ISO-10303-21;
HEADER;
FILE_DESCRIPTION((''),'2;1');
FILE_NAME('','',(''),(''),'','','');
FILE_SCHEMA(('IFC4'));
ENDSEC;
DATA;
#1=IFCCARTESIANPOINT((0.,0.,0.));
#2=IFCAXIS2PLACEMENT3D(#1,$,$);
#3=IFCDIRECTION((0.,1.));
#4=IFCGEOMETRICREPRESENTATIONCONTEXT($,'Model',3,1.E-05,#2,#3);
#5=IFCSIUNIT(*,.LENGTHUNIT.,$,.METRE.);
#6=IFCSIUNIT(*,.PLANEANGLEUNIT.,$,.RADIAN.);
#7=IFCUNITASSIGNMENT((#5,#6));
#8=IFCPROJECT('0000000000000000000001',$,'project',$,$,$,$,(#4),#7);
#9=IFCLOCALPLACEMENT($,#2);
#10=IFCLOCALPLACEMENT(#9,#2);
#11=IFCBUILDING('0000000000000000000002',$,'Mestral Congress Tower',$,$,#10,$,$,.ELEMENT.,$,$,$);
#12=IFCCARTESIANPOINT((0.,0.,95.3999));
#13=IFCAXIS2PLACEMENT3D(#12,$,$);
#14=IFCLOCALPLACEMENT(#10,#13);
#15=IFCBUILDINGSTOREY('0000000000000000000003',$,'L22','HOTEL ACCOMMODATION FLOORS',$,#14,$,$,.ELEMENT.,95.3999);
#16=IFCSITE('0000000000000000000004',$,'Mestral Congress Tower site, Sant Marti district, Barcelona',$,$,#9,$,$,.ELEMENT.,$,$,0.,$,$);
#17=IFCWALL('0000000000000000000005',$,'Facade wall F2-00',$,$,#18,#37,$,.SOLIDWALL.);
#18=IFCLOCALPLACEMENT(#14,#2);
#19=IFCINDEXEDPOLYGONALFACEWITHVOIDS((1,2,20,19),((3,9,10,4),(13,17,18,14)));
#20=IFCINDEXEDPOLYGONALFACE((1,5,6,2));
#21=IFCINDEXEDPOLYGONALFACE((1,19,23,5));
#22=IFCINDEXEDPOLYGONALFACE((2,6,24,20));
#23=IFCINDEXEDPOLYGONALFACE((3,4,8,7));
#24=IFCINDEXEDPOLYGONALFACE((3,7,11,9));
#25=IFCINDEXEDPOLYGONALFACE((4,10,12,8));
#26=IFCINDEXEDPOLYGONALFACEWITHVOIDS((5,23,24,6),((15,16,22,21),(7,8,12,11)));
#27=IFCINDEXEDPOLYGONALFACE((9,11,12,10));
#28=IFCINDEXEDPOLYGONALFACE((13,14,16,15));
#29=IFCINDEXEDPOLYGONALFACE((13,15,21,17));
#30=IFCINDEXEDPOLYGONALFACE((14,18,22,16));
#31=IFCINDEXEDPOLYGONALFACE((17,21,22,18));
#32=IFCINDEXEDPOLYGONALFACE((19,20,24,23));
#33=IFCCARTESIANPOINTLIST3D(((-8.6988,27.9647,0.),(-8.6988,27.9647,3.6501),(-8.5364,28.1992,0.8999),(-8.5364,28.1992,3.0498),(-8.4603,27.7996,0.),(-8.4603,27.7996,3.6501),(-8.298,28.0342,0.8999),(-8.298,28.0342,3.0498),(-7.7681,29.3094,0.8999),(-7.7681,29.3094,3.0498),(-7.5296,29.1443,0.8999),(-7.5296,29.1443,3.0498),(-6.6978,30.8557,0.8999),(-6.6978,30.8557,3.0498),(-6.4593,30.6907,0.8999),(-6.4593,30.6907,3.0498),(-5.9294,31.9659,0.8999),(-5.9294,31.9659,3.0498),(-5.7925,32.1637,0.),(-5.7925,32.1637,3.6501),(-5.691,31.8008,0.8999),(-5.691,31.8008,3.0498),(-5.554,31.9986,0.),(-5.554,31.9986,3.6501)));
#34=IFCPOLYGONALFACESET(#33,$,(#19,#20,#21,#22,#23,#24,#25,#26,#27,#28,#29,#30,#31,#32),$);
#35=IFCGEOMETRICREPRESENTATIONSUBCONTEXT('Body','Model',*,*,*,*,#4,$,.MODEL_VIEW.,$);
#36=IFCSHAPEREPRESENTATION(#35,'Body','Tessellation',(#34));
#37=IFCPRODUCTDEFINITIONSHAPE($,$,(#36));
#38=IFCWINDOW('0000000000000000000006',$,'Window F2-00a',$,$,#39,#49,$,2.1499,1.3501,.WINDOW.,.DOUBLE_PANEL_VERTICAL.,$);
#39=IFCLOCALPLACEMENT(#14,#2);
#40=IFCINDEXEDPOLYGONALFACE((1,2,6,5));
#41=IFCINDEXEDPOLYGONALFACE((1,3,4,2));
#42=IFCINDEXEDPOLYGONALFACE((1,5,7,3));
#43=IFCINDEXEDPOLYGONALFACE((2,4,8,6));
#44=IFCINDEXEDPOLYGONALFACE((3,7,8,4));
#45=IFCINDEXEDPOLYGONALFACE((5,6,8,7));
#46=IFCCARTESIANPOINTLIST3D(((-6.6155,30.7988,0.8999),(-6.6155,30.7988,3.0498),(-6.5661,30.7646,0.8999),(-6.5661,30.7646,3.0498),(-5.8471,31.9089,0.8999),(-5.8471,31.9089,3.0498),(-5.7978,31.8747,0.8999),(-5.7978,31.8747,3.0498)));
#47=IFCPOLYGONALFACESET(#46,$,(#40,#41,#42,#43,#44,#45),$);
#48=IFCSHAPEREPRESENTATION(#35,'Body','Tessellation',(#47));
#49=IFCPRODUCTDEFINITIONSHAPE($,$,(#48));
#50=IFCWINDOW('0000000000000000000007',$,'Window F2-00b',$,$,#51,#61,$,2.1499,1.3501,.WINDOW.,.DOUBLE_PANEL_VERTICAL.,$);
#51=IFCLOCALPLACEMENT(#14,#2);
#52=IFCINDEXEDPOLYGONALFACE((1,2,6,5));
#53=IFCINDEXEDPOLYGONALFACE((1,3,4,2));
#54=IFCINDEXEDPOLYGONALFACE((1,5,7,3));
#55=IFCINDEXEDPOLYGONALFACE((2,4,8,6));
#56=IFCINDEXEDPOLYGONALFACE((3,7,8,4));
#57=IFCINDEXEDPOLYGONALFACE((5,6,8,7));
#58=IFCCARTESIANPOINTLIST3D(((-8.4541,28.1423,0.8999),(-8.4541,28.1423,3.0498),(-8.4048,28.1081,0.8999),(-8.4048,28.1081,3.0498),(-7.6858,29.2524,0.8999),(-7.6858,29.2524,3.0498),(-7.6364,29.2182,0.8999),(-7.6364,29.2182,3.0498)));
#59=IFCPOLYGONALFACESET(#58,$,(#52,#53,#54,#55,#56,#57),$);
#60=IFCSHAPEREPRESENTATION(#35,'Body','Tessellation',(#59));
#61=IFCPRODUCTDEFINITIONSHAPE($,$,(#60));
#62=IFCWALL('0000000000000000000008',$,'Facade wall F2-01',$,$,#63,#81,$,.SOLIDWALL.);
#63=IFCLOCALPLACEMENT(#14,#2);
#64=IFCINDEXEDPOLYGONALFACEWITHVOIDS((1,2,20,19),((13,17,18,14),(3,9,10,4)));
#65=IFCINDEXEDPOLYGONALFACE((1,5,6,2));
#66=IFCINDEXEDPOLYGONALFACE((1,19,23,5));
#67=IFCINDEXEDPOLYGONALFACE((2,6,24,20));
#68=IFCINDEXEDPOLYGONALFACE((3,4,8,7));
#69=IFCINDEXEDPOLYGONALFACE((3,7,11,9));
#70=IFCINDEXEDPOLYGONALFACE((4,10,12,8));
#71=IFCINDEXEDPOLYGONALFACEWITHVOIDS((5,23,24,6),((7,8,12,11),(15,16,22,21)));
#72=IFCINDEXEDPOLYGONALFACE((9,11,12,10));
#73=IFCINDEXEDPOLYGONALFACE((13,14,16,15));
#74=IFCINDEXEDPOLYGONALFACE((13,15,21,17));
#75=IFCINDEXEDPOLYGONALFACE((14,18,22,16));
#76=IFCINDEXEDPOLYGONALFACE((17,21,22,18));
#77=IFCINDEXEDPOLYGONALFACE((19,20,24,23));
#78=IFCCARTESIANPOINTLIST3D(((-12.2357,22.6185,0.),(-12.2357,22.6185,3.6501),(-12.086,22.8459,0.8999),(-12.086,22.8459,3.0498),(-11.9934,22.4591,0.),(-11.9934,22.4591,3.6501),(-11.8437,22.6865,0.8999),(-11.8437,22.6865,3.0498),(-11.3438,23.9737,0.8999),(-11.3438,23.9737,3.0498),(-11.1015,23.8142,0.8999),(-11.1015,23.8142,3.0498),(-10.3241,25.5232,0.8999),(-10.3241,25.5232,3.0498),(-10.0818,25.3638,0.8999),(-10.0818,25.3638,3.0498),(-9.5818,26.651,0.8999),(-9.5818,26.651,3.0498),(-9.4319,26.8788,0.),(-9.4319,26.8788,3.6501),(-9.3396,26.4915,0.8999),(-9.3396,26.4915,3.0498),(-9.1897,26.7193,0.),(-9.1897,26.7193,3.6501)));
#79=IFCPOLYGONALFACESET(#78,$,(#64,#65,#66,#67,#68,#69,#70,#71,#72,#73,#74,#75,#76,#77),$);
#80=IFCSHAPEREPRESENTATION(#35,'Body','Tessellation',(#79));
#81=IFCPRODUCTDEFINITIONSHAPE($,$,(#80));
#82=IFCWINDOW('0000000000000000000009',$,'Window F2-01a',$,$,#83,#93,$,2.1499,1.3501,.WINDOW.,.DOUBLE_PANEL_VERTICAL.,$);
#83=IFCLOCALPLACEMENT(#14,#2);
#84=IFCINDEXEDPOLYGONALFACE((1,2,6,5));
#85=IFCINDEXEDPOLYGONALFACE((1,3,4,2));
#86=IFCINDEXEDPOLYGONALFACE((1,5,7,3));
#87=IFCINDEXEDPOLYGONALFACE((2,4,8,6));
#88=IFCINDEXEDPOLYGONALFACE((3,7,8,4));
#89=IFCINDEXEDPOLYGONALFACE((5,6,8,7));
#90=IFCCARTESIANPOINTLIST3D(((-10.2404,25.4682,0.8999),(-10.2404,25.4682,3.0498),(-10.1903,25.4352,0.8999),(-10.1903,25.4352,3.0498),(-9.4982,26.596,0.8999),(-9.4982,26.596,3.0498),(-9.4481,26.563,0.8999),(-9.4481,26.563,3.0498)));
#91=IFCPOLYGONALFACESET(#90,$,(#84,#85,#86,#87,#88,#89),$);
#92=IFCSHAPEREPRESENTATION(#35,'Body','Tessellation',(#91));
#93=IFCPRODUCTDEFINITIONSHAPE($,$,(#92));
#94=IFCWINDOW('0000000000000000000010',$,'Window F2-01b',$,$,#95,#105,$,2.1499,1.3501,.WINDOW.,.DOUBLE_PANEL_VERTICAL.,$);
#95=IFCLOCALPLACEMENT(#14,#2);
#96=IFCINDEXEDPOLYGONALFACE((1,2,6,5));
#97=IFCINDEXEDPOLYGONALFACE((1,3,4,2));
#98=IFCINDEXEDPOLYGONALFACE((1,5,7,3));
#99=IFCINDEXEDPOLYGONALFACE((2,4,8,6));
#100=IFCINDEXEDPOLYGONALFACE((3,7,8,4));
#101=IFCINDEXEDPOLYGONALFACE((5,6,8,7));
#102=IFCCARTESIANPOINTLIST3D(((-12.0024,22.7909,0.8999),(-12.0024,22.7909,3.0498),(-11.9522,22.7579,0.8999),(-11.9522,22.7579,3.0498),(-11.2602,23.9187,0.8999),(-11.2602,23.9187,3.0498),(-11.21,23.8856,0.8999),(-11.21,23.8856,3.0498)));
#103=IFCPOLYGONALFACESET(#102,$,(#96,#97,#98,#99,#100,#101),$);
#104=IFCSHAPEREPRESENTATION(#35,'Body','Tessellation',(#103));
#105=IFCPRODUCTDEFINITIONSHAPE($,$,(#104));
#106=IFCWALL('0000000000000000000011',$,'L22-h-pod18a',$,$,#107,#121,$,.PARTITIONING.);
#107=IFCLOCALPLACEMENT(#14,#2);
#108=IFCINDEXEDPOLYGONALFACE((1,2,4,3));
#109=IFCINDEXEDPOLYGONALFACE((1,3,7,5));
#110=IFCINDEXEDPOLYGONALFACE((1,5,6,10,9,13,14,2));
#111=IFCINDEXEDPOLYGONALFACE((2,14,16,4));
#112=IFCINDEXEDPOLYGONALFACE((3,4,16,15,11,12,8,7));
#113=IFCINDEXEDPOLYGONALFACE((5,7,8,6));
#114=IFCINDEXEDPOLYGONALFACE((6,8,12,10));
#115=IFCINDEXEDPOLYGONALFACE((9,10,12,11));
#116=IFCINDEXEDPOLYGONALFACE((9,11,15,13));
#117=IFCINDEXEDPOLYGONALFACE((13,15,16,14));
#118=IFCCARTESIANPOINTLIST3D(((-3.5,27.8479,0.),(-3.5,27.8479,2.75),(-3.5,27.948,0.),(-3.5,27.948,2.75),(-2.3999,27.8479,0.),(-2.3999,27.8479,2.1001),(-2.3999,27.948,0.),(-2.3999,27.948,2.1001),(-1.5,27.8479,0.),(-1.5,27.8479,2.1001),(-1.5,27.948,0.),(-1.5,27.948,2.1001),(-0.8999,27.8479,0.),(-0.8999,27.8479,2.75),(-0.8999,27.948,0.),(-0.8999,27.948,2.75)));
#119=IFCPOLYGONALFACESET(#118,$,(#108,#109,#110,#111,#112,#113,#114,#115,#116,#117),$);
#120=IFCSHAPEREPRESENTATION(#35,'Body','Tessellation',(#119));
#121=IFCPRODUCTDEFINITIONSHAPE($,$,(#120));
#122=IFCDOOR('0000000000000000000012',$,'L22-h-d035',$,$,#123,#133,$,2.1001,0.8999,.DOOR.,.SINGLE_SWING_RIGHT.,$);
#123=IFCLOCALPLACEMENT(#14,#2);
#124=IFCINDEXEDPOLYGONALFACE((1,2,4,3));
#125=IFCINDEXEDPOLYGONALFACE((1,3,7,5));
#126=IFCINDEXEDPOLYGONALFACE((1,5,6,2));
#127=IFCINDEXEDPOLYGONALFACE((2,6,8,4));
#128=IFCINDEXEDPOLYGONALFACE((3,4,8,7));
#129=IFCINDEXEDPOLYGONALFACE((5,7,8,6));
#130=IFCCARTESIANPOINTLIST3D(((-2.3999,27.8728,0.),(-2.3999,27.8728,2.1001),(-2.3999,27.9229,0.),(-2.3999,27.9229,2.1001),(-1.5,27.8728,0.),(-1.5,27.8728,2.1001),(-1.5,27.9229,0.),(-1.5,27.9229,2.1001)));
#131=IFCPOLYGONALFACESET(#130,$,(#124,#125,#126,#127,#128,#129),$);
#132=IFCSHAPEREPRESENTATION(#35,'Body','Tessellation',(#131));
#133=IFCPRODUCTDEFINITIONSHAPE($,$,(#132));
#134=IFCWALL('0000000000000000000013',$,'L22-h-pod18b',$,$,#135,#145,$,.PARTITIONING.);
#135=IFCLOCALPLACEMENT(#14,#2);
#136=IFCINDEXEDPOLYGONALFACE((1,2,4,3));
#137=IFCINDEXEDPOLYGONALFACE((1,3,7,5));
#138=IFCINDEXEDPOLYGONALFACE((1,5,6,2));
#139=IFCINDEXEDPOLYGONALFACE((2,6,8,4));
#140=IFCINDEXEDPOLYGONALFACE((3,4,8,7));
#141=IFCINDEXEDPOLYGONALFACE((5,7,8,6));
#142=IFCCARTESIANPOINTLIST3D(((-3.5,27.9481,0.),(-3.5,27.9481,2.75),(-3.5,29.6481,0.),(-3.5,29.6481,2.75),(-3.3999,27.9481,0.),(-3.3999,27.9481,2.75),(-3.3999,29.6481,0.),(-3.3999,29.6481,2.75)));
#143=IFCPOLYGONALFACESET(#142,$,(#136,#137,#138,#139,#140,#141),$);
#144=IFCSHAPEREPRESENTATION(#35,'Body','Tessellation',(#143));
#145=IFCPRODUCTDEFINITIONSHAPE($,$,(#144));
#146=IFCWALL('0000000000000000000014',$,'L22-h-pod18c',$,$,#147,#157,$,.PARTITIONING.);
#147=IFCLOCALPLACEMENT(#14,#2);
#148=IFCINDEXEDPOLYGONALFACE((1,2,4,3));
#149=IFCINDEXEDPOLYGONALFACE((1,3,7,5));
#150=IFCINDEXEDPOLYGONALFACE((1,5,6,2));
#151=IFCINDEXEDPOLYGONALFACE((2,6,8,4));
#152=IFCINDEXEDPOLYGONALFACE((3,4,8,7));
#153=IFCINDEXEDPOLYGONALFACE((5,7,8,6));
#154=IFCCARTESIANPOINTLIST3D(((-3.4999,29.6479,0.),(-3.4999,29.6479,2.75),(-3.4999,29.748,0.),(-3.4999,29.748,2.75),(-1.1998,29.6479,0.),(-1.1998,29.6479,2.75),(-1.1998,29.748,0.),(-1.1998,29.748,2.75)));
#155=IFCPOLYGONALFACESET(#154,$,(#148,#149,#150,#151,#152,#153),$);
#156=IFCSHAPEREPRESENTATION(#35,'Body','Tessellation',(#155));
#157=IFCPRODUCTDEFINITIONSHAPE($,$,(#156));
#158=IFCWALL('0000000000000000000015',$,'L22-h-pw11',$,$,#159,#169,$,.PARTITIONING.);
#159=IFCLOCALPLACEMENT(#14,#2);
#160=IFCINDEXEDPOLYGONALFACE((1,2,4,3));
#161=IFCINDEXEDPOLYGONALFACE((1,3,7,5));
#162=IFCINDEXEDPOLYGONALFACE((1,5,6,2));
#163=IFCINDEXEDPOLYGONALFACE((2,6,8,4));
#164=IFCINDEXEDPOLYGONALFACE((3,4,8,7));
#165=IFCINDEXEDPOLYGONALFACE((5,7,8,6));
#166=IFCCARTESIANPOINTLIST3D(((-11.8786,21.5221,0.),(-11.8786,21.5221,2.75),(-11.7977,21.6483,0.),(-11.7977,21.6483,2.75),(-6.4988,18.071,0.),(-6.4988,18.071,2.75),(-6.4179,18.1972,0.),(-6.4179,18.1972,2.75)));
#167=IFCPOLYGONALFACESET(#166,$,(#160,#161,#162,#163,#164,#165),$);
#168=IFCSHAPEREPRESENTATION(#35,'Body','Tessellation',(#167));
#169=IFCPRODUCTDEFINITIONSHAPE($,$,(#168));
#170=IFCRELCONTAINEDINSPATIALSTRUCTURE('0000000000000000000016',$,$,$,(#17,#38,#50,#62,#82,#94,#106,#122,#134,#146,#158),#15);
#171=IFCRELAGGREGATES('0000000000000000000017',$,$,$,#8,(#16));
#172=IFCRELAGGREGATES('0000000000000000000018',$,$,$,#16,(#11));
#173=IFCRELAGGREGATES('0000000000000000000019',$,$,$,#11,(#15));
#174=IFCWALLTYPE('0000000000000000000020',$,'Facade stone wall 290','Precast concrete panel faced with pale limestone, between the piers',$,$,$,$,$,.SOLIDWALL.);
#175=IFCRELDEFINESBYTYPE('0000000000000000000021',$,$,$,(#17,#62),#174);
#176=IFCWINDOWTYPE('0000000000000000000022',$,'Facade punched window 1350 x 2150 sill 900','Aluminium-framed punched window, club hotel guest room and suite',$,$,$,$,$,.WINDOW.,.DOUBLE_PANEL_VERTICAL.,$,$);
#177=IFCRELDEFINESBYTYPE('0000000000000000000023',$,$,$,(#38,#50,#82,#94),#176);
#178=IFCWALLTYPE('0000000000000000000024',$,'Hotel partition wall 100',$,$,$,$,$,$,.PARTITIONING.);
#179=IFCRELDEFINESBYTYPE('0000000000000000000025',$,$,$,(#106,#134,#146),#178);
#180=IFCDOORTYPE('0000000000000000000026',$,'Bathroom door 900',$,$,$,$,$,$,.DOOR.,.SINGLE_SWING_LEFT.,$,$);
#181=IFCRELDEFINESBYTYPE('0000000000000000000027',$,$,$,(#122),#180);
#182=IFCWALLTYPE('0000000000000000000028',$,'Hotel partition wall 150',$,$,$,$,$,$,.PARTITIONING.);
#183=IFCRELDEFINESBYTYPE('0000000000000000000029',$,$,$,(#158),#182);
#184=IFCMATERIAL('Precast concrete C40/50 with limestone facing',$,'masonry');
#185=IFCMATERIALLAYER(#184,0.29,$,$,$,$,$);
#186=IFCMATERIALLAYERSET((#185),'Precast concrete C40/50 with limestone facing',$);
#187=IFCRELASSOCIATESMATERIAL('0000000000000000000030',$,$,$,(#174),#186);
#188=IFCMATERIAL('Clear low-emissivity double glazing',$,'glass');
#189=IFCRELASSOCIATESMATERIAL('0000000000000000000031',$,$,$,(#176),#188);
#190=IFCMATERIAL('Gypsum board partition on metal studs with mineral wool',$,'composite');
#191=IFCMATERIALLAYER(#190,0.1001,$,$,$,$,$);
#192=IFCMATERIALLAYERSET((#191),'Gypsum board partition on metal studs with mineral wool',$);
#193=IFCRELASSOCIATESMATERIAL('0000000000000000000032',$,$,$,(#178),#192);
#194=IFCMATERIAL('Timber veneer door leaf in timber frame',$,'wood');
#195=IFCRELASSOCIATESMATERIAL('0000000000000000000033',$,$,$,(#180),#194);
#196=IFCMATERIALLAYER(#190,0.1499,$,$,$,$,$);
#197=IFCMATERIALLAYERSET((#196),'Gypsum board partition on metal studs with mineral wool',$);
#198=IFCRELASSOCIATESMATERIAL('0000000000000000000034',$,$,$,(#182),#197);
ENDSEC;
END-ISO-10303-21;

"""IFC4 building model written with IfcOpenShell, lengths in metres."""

from ifc_helpers import new_model, si_unit, direction, frame, frame_2d, origin, place, context, subcontext, project, spatial, rectangle, extrude, material, layer, layer_set, type_object, element, fill, save


model = new_model("IFC4")

# Units and contexts
model_context = context("Model", 3, precision=1e-05, world=origin(), true_north=direction((0.0, 1.0)))
body_context = subcontext(model_context, "Body", "Model", "MODEL_VIEW")
ifc_project = project(units=[si_unit("LENGTHUNIT", "METRE"), si_unit("PLANEANGLEUNIT", "RADIAN")], contexts=[model_context])

# Site, building, storey
site_placement = place(None, origin())
site = spatial("IfcSite", under=ifc_project, at=site_placement, Name="Mestral Congress Tower site, Sant Marti district, Barcelona", CompositionType="ELEMENT", RefElevation=0.0)
building_placement = place(site_placement, origin())
building = spatial("IfcBuilding", under=site, at=building_placement, Name="Mestral Congress Tower", CompositionType="ELEMENT")
storey_placement = place(building_placement, frame((0.0, 0.0, 95.3999)))
storey = spatial("IfcBuildingStorey", under=building, at=storey_placement, Name="L22", Description="HOTEL ACCOMMODATION FLOORS", CompositionType="ELEMENT", Elevation=95.3999)

# Shared definitions
ifc_material_1 = material(Name="Precast concrete C40/50 with limestone facing", Category="masonry")
ifc_layer_1 = layer(ifc_material_1, 0.29)
ifc_layer_set_1 = layer_set([ifc_layer_1], Name="Precast concrete C40/50 with limestone facing")
wall_type_1 = type_object("IfcWallType", Name="Facade stone wall 290", Description="Precast concrete panel faced with pale limestone, between the piers", PredefinedType="SOLIDWALL", material=ifc_layer_set_1)

# Shared definitions
ifc_material_2 = material(Name="Clear low-emissivity double glazing", Category="glass")

# Walls, openings, windows
wall_1_placement = place(storey_placement, frame((-5.6733, 32.0811, 0.0), z_axis=(0.0, 0.0, 1.0), x_axis=(-0.569113, -0.822259, 0.0)))
wall_1 = element("IfcWall", 1, at=wall_1_placement, inside=storey, type_object=wall_type_1, Name="Facade wall F2-00", PredefinedType="SOLIDWALL", context=body_context, shape_type="SweptSolid", body=[
    extrude(rectangle(XDim=5.1067, YDim=0.29, at=frame_2d((2.5532, 0.0))), origin(), (0.0, 0.0, 1.0), 3.6501),
])
opening_1_placement = place(wall_1_placement, frame((0.2405, 0.0, 0.8999)))
opening_1 = element("IfcOpeningElement", 2, at=opening_1_placement, cuts=wall_1, PredefinedType="OPENING", context=body_context, shape_type="SweptSolid", body=[
    extrude(rectangle(XDim=1.3501, YDim=2.1499, at=frame_2d((0.675, 1.075))), frame((0.0, 0.155, 0.0), z_axis=(0.0, -1.0, 0.0), x_axis=(1.0, 0.0, 0.0)), (0.0, 0.0, 1.0), 0.3101),
])
opening_2_placement = place(wall_1_placement, frame((3.4712, 0.0, 0.8999)))
opening_2 = element("IfcOpeningElement", 3, at=opening_2_placement, cuts=wall_1, PredefinedType="OPENING", context=body_context, shape_type="SweptSolid", body=[
    extrude(rectangle(XDim=1.3501, YDim=2.1499, at=frame_2d((0.675, 1.075))), frame((0.0, 0.155, 0.0), z_axis=(0.0, -1.0, 0.0), x_axis=(1.0, 0.0, 0.0)), (0.0, 0.0, 1.0), 0.3101),
])
window_type_1 = type_object("IfcWindowType", Name="Facade punched window 1350 x 2150 sill 900", Description="Aluminium-framed punched window, club hotel guest room and suite", PartitioningType="DOUBLE_PANEL_VERTICAL", PredefinedType="WINDOW", material=ifc_material_2)
window_1_placement = place(opening_1_placement, origin())
window_1 = element("IfcWindow", 4, at=window_1_placement, inside=storey, type_object=window_type_1, Name="Window F2-00a", OverallHeight=2.1499, OverallWidth=1.3501, PartitioningType="DOUBLE_PANEL_VERTICAL", PredefinedType="WINDOW", context=body_context, shape_type="SweptSolid", body=[
    extrude(rectangle(XDim=1.3501, YDim=2.1499, at=frame_2d((0.675, 1.075))), frame((0.0, 0.0151, 0.0), z_axis=(0.0, -1.0, 0.0), x_axis=(1.0, 0.0, 0.0)), (0.0, 0.0, 1.0), 0.0601),
])
fill(opening_1, window_1)
window_2_placement = place(opening_2_placement, origin())
window_2 = element("IfcWindow", 5, at=window_2_placement, inside=storey, type_object=window_type_1, Name="Window F2-00b", OverallHeight=2.1499, OverallWidth=1.3501, PartitioningType="DOUBLE_PANEL_VERTICAL", PredefinedType="WINDOW", context=body_context, shape_type="SweptSolid", body=[
    extrude(rectangle(XDim=1.3501, YDim=2.1499, at=frame_2d((0.675, 1.075))), frame((0.0, 0.0151, 0.0), z_axis=(0.0, -1.0, 0.0), x_axis=(1.0, 0.0, 0.0)), (0.0, 0.0, 1.0), 0.0601),
])
fill(opening_2, window_2)
wall_2_placement = place(storey_placement, frame((-9.3108, 26.7991, 0.0), z_axis=(0.0, 0.0, 1.0), x_axis=(-0.549741, -0.835335, 0.0)))
wall_2 = element("IfcWall", 6, at=wall_2_placement, inside=storey, type_object=wall_type_1, Name="Facade wall F2-01", PredefinedType="SOLIDWALL", context=body_context, shape_type="SweptSolid", body=[
    extrude(rectangle(XDim=5.1001, YDim=0.29, at=frame_2d((2.55, 0.0))), origin(), (0.0, 0.0, 1.0), 3.6501),
])
opening_3_placement = place(wall_2_placement, frame((0.2727, 0.0, 0.8999)))
opening_3 = element("IfcOpeningElement", 7, at=opening_3_placement, cuts=wall_2, PredefinedType="OPENING", context=body_context, shape_type="SweptSolid", body=[
    extrude(rectangle(XDim=1.3501, YDim=2.1499, at=frame_2d((0.675, 1.075))), frame((0.0, 0.155, 0.0), z_axis=(0.0, -1.0, 0.0), x_axis=(1.0, 0.0, 0.0)), (0.0, 0.0, 1.0), 0.3101),
])
opening_4_placement = place(wall_2_placement, frame((3.4778, 0.0, 0.8999)))
opening_4 = element("IfcOpeningElement", 8, at=opening_4_placement, cuts=wall_2, PredefinedType="OPENING", context=body_context, shape_type="SweptSolid", body=[
    extrude(rectangle(XDim=1.3501, YDim=2.1499, at=frame_2d((0.675, 1.075))), frame((0.0, 0.155, 0.0), z_axis=(0.0, -1.0, 0.0), x_axis=(1.0, 0.0, 0.0)), (0.0, 0.0, 1.0), 0.3101),
])
window_3_placement = place(opening_3_placement, origin())
window_3 = element("IfcWindow", 9, at=window_3_placement, inside=storey, type_object=window_type_1, Name="Window F2-01a", OverallHeight=2.1499, OverallWidth=1.3501, PartitioningType="DOUBLE_PANEL_VERTICAL", PredefinedType="WINDOW", context=body_context, shape_type="SweptSolid", body=[
    extrude(rectangle(XDim=1.3501, YDim=2.1499, at=frame_2d((0.675, 1.075))), frame((0.0, 0.0151, 0.0), z_axis=(0.0, -1.0, 0.0), x_axis=(1.0, 0.0, 0.0)), (0.0, 0.0, 1.0), 0.0601),
])
fill(opening_3, window_3)
window_4_placement = place(opening_4_placement, origin())
window_4 = element("IfcWindow", 10, at=window_4_placement, inside=storey, type_object=window_type_1, Name="Window F2-01b", OverallHeight=2.1499, OverallWidth=1.3501, PartitioningType="DOUBLE_PANEL_VERTICAL", PredefinedType="WINDOW", context=body_context, shape_type="SweptSolid", body=[
    extrude(rectangle(XDim=1.3501, YDim=2.1499, at=frame_2d((0.675, 1.075))), frame((0.0, 0.0151, 0.0), z_axis=(0.0, -1.0, 0.0), x_axis=(1.0, 0.0, 0.0)), (0.0, 0.0, 1.0), 0.0601),
])
fill(opening_4, window_4)

# Wall, opening, door
ifc_material_3 = material(Name="Gypsum board partition on metal studs with mineral wool", Category="composite")
ifc_layer_2 = layer(ifc_material_3, 0.1001)
ifc_layer_set_2 = layer_set([ifc_layer_2], Name="Gypsum board partition on metal studs with mineral wool")
wall_type_2 = type_object("IfcWallType", Name="Hotel partition wall 100", PredefinedType="PARTITIONING", material=ifc_layer_set_2)
wall_3_placement = place(storey_placement, frame((-3.5, 27.8979, 0.0), z_axis=(0.0, 0.0, 1.0), x_axis=(1.0, 0.0, 0.0)))
wall_3 = element("IfcWall", 11, at=wall_3_placement, inside=storey, type_object=wall_type_2, Name="L22-h-pod18a", PredefinedType="PARTITIONING", context=body_context, shape_type="SweptSolid", body=[
    extrude(rectangle(XDim=2.6001, YDim=0.1001, at=frame_2d((1.3, 0.0))), origin(), (0.0, 0.0, 1.0), 2.75),
])
opening_5_placement = place(wall_3_placement, frame((1.1001, 0.0, 0.0)))
opening_5 = element("IfcOpeningElement", 12, at=opening_5_placement, cuts=wall_3, PredefinedType="OPENING", context=body_context, shape_type="SweptSolid", body=[
    extrude(rectangle(XDim=0.8999, YDim=2.1001, at=frame_2d((0.45, 1.05))), frame((0.0, 0.0601, 0.0), z_axis=(0.0, -1.0, 0.0), x_axis=(1.0, 0.0, 0.0)), (0.0, 0.0, 1.0), 0.1201),
])
ifc_material_4 = material(Name="Timber veneer door leaf in timber frame", Category="wood")
door_type = type_object("IfcDoorType", Name="Bathroom door 900", OperationType="SINGLE_SWING_LEFT", PredefinedType="DOOR", material=ifc_material_4)
door_placement = place(opening_5_placement, origin())
door = element("IfcDoor", 13, at=door_placement, inside=storey, type_object=door_type, Name="L22-h-d035", OperationType="SINGLE_SWING_RIGHT", OverallHeight=2.1001, OverallWidth=0.8999, PredefinedType="DOOR", context=body_context, shape_type="SweptSolid", body=[
    extrude(rectangle(XDim=0.8999, YDim=2.1001, at=frame_2d((0.45, 1.05))), frame((0.0, 0.0249, 0.0), z_axis=(0.0, -1.0, 0.0), x_axis=(1.0, 0.0, 0.0)), (0.0, 0.0, 1.0), 0.05),
])
fill(opening_5, door)

# Walls
wall_4_placement = place(storey_placement, frame((-3.45, 27.948, 0.0), z_axis=(0.0, 0.0, 1.0), x_axis=(0.0, 1.0, 0.0)))
element("IfcWall", 14, at=wall_4_placement, inside=storey, type_object=wall_type_2, Name="L22-h-pod18b", PredefinedType="PARTITIONING", context=body_context, shape_type="SweptSolid", body=[
    extrude(rectangle(XDim=1.7, YDim=0.1001, at=frame_2d((0.8501, 0.0))), origin(), (0.0, 0.0, 1.0), 2.75),
])
wall_5_placement = place(storey_placement, frame((-1.2, 29.698, 0.0), z_axis=(0.0, 0.0, 1.0), x_axis=(-1.0, 0.0, 0.0)))
element("IfcWall", 15, at=wall_5_placement, inside=storey, type_object=wall_type_2, Name="L22-h-pod18c", PredefinedType="PARTITIONING", context=body_context, shape_type="SweptSolid", body=[
    extrude(rectangle(XDim=2.3, YDim=0.1001, at=frame_2d((1.1499, 0.0))), origin(), (0.0, 0.0, 1.0), 2.75),
])
ifc_layer_3 = layer(ifc_material_3, 0.1499)
ifc_layer_set_3 = layer_set([ifc_layer_3], Name="Gypsum board partition on metal studs with mineral wool")
wall_type_3 = type_object("IfcWallType", Name="Hotel partition wall 150", PredefinedType="PARTITIONING", material=ifc_layer_set_3)
wall_6_placement = place(storey_placement, frame((-11.8381, 21.5852, 0.0), z_axis=(0.0, 0.0, 1.0), x_axis=(0.841699, -0.539947, 0.0)))
element("IfcWall", 16, at=wall_6_placement, inside=storey, type_object=wall_type_3, Name="L22-h-pw11", PredefinedType="PARTITIONING", context=body_context, shape_type="SweptSolid", body=[
    extrude(rectangle(XDim=6.3916, YDim=0.1499, at=frame_2d((3.1958, 0.0))), origin(), (0.0, 0.0, 1.0), 2.75),
])

save(model, "model.ifc")
